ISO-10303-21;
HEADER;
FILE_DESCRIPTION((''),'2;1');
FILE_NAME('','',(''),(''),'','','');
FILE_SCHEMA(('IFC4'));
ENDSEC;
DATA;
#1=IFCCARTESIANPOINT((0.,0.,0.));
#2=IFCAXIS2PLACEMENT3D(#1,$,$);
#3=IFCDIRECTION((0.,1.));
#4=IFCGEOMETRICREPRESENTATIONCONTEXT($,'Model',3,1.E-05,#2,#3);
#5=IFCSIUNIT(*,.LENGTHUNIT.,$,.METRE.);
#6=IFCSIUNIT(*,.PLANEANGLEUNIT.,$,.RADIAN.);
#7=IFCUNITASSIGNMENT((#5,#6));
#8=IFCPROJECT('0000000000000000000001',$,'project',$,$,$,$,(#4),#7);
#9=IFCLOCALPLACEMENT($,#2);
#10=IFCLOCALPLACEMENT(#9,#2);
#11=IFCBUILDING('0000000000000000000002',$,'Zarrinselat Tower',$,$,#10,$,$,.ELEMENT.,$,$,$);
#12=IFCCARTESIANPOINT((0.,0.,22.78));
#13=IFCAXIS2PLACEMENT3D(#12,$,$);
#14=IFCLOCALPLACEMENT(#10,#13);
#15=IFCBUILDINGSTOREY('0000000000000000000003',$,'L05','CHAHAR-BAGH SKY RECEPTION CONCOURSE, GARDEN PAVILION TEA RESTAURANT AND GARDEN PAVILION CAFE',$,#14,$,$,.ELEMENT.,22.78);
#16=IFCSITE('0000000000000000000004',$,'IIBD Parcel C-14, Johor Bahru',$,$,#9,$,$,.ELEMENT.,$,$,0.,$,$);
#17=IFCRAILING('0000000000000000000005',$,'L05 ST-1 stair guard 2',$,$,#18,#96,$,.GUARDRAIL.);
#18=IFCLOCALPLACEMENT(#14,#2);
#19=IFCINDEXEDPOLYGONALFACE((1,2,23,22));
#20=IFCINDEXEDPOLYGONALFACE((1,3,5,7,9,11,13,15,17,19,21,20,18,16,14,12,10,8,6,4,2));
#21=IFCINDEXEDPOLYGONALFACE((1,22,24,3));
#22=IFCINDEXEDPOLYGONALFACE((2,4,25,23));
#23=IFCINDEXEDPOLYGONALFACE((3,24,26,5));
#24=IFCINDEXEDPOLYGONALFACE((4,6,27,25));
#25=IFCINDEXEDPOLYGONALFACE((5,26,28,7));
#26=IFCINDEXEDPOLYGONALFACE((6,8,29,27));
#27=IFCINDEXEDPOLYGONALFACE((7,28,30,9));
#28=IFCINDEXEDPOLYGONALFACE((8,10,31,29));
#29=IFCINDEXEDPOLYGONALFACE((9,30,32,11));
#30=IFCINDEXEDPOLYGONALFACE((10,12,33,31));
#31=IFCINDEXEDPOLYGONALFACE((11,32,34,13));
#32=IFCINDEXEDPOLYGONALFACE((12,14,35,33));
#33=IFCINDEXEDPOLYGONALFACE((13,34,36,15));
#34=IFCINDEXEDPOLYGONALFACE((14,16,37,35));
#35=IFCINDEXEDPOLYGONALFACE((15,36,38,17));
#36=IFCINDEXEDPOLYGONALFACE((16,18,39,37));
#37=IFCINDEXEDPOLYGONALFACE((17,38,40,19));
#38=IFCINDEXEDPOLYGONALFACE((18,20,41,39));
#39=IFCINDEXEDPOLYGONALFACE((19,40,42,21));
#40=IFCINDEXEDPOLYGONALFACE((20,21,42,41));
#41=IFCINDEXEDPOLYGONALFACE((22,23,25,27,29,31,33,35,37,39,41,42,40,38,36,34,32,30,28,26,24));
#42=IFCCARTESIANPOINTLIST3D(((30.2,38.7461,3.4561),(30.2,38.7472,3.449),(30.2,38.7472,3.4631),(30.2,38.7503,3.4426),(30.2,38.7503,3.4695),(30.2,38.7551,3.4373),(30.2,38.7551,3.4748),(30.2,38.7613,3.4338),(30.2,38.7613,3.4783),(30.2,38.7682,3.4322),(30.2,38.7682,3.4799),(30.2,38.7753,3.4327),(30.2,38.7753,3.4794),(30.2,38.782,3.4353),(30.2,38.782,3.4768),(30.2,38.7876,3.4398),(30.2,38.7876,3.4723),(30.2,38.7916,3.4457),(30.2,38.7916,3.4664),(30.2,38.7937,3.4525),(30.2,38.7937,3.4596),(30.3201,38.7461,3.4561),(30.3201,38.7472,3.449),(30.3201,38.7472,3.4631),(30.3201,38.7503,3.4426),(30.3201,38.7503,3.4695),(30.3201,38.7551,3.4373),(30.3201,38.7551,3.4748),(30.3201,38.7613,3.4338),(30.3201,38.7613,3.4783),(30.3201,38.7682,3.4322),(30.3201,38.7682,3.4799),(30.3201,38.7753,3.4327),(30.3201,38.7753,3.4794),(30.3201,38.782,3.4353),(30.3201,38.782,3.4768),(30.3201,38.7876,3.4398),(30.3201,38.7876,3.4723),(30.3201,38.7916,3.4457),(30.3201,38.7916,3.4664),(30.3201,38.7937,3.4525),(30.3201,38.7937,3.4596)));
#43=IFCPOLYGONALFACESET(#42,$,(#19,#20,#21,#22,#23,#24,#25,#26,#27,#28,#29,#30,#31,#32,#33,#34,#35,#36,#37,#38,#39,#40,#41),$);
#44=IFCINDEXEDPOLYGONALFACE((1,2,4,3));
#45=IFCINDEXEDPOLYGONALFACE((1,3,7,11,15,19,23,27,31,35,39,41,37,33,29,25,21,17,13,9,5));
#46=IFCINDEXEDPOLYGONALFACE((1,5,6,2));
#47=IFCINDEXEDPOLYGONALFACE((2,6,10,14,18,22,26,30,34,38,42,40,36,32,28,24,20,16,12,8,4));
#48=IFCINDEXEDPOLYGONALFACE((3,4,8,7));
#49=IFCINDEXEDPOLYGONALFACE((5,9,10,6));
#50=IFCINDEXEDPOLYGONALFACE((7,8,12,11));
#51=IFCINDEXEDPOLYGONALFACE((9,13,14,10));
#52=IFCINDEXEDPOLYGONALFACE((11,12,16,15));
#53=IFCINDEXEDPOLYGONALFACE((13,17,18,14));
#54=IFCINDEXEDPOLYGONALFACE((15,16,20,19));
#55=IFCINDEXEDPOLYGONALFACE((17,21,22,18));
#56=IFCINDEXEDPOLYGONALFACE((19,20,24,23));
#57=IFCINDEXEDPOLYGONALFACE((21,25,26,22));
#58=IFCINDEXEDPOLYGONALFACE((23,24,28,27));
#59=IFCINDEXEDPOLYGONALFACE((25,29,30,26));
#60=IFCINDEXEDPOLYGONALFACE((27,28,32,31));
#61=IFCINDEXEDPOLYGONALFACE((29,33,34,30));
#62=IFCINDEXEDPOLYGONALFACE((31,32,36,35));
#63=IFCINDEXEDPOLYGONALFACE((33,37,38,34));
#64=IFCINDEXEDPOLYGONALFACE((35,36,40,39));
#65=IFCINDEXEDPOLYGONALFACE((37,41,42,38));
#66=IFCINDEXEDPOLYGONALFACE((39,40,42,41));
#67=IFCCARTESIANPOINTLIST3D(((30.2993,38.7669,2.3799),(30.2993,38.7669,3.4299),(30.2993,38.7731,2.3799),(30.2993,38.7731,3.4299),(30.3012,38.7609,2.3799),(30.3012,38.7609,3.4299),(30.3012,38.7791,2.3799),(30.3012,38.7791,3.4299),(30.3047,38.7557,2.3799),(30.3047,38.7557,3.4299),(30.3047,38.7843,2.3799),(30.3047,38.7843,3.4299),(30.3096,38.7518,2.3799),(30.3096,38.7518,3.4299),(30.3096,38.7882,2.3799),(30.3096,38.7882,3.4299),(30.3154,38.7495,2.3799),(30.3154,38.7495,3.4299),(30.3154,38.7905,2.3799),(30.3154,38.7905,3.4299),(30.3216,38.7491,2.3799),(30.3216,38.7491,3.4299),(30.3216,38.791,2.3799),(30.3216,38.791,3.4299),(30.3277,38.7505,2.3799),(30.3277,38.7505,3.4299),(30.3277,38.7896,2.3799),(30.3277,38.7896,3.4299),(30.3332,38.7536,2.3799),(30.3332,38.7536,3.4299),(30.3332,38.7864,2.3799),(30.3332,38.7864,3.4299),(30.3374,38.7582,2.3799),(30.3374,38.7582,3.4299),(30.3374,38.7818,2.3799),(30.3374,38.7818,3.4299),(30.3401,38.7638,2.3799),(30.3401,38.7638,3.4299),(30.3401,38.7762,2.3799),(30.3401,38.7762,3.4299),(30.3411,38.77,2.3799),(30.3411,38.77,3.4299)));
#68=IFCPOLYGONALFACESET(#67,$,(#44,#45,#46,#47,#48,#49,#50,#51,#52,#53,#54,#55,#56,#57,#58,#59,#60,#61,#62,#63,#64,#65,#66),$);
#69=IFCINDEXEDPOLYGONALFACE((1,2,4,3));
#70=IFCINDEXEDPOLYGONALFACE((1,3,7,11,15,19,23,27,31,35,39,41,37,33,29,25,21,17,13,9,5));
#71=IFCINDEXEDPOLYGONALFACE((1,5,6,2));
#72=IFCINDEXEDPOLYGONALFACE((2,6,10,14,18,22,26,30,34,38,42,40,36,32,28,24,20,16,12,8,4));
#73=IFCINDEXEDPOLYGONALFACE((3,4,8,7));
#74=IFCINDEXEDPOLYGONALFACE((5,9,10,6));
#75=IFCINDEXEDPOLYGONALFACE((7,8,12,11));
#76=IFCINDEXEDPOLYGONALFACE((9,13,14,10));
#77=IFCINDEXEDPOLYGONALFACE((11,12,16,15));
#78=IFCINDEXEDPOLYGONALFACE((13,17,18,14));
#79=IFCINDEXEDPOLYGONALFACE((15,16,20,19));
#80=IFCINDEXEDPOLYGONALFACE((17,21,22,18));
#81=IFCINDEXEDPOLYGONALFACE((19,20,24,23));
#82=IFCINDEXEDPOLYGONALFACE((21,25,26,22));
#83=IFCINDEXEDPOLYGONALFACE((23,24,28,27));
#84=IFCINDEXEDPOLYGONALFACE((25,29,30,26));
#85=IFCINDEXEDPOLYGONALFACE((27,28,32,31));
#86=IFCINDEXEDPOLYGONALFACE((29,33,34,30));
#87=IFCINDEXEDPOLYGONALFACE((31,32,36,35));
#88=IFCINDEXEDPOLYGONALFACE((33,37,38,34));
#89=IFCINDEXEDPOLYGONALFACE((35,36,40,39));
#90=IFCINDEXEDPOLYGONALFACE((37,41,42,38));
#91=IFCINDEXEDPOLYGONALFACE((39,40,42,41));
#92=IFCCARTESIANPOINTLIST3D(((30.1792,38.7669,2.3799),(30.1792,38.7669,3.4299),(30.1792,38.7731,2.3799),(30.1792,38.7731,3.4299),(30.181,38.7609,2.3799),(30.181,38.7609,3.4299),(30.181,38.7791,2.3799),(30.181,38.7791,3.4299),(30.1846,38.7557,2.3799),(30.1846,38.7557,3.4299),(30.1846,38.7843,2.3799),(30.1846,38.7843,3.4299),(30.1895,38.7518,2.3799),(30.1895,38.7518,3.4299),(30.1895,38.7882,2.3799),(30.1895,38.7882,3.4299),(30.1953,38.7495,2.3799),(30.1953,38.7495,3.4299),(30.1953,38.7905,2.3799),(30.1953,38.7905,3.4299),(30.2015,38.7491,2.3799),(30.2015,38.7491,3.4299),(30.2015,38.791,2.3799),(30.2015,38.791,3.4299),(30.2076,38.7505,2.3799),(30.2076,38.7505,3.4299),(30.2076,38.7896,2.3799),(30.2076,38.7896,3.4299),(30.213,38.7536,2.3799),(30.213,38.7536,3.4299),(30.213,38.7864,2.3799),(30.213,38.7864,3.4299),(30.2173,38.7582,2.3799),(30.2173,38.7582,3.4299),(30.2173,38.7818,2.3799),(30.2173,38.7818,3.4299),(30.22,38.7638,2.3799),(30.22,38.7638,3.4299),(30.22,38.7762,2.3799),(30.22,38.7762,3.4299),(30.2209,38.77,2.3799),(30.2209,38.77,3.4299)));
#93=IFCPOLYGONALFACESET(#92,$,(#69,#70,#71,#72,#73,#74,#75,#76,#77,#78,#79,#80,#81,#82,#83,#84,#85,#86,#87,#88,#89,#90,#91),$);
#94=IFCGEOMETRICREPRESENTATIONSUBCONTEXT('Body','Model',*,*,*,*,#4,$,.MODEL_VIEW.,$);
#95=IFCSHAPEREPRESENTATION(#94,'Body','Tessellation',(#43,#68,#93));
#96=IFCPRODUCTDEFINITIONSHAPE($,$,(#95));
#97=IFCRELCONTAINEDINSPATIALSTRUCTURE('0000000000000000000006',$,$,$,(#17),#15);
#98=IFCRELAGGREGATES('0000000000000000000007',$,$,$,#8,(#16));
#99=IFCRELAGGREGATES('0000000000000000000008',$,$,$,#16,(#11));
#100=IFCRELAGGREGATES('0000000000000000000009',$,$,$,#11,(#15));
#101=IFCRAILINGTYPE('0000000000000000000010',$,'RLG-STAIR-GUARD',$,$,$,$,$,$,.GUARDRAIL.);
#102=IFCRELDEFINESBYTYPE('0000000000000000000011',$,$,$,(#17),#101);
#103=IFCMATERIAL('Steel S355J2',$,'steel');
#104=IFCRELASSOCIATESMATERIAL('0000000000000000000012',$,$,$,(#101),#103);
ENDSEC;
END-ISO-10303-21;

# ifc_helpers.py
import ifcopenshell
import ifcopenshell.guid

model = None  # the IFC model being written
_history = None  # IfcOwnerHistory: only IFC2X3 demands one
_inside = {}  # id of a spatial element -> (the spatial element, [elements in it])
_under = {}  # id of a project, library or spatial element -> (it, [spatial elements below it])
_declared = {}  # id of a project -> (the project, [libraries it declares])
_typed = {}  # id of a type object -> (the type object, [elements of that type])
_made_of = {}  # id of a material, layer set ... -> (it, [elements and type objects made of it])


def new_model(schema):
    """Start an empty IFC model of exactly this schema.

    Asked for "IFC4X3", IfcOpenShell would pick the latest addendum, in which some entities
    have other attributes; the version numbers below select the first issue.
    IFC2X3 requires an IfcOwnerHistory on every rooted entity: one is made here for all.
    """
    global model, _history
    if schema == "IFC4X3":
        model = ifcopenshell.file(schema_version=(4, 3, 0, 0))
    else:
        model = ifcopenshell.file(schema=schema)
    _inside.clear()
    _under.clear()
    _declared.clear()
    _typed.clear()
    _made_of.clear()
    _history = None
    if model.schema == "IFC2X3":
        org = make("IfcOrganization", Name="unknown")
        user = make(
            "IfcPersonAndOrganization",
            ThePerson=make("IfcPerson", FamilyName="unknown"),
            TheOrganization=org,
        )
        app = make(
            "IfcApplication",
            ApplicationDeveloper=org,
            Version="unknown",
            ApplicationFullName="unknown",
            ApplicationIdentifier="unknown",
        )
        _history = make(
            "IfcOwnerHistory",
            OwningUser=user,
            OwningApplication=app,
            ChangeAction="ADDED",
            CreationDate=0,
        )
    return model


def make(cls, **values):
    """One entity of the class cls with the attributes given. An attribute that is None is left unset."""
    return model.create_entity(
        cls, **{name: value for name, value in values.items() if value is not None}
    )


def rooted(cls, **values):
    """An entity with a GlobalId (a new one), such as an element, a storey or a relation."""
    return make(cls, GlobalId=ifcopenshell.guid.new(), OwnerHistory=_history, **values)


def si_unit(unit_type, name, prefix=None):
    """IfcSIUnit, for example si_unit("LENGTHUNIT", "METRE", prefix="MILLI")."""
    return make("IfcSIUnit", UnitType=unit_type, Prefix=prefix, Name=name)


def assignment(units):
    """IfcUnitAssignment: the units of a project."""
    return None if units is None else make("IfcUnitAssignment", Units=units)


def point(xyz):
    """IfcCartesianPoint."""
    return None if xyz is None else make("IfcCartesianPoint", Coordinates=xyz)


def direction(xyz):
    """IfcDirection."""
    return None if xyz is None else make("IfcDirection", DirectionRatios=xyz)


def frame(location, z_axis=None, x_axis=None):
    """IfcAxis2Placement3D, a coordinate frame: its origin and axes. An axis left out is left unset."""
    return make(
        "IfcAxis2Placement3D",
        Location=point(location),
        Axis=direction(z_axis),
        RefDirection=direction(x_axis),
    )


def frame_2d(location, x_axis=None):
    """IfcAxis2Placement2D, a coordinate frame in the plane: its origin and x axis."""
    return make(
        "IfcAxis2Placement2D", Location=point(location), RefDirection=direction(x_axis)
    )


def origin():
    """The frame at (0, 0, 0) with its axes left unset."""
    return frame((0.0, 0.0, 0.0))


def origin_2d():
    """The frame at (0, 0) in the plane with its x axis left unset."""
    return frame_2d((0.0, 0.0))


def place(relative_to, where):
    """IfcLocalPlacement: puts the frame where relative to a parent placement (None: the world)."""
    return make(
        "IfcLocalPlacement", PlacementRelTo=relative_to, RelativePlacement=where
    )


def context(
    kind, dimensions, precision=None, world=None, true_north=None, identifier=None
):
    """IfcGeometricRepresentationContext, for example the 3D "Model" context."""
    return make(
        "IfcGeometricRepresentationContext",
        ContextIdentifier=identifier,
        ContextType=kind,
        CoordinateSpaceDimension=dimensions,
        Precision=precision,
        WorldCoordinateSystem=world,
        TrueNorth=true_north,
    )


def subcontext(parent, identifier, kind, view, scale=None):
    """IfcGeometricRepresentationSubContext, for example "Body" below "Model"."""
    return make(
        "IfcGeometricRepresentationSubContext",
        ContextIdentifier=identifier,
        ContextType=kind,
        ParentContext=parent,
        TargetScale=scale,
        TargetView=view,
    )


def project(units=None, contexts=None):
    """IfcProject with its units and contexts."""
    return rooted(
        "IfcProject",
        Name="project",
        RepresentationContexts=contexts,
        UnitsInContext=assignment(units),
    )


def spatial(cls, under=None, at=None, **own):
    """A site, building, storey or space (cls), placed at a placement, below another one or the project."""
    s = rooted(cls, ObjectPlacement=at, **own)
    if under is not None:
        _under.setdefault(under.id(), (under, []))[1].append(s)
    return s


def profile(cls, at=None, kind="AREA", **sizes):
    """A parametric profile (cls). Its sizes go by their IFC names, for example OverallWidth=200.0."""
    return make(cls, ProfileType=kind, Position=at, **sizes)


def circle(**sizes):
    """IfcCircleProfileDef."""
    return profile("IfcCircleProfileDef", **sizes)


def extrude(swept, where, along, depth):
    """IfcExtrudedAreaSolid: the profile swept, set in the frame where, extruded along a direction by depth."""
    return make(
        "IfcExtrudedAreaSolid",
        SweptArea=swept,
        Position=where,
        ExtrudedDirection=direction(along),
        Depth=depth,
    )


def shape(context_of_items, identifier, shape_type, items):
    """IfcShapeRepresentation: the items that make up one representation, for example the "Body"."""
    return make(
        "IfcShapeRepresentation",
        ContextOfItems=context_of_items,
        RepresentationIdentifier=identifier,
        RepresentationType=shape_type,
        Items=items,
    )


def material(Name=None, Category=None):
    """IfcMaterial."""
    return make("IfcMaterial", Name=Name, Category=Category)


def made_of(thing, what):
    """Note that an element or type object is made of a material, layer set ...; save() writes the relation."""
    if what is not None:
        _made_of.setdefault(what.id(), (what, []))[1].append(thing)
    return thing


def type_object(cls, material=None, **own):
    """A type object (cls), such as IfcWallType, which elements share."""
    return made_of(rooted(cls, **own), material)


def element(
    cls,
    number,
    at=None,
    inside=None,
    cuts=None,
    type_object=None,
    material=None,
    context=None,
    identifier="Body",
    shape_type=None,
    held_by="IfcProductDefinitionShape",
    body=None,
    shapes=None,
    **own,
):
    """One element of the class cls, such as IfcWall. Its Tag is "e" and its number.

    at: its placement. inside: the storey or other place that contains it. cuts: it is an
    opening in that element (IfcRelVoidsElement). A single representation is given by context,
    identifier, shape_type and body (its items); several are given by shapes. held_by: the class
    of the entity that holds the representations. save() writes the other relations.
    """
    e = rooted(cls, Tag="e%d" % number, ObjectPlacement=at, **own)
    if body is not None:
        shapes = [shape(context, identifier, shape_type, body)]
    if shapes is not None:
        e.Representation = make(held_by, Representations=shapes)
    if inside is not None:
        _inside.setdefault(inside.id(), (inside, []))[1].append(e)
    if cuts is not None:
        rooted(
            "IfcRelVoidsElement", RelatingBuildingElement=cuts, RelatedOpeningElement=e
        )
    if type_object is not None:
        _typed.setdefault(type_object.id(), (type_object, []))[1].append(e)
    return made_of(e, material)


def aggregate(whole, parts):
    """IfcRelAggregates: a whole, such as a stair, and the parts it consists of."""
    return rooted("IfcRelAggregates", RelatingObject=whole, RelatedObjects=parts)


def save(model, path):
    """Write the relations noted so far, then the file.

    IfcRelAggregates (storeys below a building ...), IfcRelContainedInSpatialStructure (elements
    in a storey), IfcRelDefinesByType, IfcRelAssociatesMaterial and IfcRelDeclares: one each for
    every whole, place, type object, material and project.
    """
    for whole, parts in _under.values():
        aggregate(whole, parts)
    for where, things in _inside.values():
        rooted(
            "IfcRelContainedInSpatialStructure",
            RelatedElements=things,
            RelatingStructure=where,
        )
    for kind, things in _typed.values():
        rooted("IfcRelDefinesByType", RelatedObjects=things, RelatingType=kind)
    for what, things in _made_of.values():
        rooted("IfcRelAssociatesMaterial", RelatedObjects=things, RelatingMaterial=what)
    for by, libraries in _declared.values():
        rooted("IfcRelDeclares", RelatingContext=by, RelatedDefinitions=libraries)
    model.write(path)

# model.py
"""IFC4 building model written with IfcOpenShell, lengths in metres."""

from ifc_helpers import new_model, si_unit, direction, frame, origin, origin_2d, place, context, subcontext, project, spatial, circle, extrude, material, type_object, element, save


model = new_model("IFC4")

# Units and contexts
model_context = context("Model", 3, precision=1e-05, world=origin(), true_north=direction((0.0, 1.0)))
body_context = subcontext(model_context, "Body", "Model", "MODEL_VIEW")
ifc_project = project(units=[si_unit("LENGTHUNIT", "METRE"), si_unit("PLANEANGLEUNIT", "RADIAN")], contexts=[model_context])

# Site, building, storey
site_placement = place(None, origin())
site = spatial("IfcSite", under=ifc_project, at=site_placement, Name="IIBD Parcel C-14, Johor Bahru", CompositionType="ELEMENT", RefElevation=0.0)
building_placement = place(site_placement, origin())
building = spatial("IfcBuilding", under=site, at=building_placement, Name="Zarrinselat Tower", CompositionType="ELEMENT")
storey_placement = place(building_placement, frame((0.0, 0.0, 22.78)))
storey = spatial("IfcBuildingStorey", under=building, at=storey_placement, Name="L05", Description="CHAHAR-BAGH SKY RECEPTION CONCOURSE, GARDEN PAVILION TEA RESTAURANT AND GARDEN PAVILION CAFE", CompositionType="ELEMENT", Elevation=22.78)

# Railing
ifc_material_1 = material(Name="Steel S355J2", Category="steel")
railing_type_1 = type_object("IfcRailingType", Name="RLG-STAIR-GUARD", PredefinedType="GUARDRAIL", material=ifc_material_1)
railing_1_placement = place(storey_placement, frame((30.3201, 38.77, 2.3799)))
element("IfcRailing", 1, at=railing_1_placement, inside=storey, type_object=railing_type_1, Name="L05 ST-1 stair guard 2", PredefinedType="GUARDRAIL", context=body_context, shape_type="SweptSolid", body=[
    extrude(circle(Radius=0.0239, at=origin_2d()), frame((0.0, 0.0, 1.0762), z_axis=(-1.0, 0.0, 0.0), x_axis=(0.0, -1.0, 0.0)), (0.0, 0.0, 1.0), 0.1201),
    extrude(circle(Radius=0.021, at=origin_2d()), origin(), (0.0, 0.0, 1.0), 1.05),
    extrude(circle(Radius=0.021, at=origin_2d()), frame((-0.1201, 0.0, 0.0)), (0.0, 0.0, 1.0), 1.05),
])

save(model, "model.ifc")
